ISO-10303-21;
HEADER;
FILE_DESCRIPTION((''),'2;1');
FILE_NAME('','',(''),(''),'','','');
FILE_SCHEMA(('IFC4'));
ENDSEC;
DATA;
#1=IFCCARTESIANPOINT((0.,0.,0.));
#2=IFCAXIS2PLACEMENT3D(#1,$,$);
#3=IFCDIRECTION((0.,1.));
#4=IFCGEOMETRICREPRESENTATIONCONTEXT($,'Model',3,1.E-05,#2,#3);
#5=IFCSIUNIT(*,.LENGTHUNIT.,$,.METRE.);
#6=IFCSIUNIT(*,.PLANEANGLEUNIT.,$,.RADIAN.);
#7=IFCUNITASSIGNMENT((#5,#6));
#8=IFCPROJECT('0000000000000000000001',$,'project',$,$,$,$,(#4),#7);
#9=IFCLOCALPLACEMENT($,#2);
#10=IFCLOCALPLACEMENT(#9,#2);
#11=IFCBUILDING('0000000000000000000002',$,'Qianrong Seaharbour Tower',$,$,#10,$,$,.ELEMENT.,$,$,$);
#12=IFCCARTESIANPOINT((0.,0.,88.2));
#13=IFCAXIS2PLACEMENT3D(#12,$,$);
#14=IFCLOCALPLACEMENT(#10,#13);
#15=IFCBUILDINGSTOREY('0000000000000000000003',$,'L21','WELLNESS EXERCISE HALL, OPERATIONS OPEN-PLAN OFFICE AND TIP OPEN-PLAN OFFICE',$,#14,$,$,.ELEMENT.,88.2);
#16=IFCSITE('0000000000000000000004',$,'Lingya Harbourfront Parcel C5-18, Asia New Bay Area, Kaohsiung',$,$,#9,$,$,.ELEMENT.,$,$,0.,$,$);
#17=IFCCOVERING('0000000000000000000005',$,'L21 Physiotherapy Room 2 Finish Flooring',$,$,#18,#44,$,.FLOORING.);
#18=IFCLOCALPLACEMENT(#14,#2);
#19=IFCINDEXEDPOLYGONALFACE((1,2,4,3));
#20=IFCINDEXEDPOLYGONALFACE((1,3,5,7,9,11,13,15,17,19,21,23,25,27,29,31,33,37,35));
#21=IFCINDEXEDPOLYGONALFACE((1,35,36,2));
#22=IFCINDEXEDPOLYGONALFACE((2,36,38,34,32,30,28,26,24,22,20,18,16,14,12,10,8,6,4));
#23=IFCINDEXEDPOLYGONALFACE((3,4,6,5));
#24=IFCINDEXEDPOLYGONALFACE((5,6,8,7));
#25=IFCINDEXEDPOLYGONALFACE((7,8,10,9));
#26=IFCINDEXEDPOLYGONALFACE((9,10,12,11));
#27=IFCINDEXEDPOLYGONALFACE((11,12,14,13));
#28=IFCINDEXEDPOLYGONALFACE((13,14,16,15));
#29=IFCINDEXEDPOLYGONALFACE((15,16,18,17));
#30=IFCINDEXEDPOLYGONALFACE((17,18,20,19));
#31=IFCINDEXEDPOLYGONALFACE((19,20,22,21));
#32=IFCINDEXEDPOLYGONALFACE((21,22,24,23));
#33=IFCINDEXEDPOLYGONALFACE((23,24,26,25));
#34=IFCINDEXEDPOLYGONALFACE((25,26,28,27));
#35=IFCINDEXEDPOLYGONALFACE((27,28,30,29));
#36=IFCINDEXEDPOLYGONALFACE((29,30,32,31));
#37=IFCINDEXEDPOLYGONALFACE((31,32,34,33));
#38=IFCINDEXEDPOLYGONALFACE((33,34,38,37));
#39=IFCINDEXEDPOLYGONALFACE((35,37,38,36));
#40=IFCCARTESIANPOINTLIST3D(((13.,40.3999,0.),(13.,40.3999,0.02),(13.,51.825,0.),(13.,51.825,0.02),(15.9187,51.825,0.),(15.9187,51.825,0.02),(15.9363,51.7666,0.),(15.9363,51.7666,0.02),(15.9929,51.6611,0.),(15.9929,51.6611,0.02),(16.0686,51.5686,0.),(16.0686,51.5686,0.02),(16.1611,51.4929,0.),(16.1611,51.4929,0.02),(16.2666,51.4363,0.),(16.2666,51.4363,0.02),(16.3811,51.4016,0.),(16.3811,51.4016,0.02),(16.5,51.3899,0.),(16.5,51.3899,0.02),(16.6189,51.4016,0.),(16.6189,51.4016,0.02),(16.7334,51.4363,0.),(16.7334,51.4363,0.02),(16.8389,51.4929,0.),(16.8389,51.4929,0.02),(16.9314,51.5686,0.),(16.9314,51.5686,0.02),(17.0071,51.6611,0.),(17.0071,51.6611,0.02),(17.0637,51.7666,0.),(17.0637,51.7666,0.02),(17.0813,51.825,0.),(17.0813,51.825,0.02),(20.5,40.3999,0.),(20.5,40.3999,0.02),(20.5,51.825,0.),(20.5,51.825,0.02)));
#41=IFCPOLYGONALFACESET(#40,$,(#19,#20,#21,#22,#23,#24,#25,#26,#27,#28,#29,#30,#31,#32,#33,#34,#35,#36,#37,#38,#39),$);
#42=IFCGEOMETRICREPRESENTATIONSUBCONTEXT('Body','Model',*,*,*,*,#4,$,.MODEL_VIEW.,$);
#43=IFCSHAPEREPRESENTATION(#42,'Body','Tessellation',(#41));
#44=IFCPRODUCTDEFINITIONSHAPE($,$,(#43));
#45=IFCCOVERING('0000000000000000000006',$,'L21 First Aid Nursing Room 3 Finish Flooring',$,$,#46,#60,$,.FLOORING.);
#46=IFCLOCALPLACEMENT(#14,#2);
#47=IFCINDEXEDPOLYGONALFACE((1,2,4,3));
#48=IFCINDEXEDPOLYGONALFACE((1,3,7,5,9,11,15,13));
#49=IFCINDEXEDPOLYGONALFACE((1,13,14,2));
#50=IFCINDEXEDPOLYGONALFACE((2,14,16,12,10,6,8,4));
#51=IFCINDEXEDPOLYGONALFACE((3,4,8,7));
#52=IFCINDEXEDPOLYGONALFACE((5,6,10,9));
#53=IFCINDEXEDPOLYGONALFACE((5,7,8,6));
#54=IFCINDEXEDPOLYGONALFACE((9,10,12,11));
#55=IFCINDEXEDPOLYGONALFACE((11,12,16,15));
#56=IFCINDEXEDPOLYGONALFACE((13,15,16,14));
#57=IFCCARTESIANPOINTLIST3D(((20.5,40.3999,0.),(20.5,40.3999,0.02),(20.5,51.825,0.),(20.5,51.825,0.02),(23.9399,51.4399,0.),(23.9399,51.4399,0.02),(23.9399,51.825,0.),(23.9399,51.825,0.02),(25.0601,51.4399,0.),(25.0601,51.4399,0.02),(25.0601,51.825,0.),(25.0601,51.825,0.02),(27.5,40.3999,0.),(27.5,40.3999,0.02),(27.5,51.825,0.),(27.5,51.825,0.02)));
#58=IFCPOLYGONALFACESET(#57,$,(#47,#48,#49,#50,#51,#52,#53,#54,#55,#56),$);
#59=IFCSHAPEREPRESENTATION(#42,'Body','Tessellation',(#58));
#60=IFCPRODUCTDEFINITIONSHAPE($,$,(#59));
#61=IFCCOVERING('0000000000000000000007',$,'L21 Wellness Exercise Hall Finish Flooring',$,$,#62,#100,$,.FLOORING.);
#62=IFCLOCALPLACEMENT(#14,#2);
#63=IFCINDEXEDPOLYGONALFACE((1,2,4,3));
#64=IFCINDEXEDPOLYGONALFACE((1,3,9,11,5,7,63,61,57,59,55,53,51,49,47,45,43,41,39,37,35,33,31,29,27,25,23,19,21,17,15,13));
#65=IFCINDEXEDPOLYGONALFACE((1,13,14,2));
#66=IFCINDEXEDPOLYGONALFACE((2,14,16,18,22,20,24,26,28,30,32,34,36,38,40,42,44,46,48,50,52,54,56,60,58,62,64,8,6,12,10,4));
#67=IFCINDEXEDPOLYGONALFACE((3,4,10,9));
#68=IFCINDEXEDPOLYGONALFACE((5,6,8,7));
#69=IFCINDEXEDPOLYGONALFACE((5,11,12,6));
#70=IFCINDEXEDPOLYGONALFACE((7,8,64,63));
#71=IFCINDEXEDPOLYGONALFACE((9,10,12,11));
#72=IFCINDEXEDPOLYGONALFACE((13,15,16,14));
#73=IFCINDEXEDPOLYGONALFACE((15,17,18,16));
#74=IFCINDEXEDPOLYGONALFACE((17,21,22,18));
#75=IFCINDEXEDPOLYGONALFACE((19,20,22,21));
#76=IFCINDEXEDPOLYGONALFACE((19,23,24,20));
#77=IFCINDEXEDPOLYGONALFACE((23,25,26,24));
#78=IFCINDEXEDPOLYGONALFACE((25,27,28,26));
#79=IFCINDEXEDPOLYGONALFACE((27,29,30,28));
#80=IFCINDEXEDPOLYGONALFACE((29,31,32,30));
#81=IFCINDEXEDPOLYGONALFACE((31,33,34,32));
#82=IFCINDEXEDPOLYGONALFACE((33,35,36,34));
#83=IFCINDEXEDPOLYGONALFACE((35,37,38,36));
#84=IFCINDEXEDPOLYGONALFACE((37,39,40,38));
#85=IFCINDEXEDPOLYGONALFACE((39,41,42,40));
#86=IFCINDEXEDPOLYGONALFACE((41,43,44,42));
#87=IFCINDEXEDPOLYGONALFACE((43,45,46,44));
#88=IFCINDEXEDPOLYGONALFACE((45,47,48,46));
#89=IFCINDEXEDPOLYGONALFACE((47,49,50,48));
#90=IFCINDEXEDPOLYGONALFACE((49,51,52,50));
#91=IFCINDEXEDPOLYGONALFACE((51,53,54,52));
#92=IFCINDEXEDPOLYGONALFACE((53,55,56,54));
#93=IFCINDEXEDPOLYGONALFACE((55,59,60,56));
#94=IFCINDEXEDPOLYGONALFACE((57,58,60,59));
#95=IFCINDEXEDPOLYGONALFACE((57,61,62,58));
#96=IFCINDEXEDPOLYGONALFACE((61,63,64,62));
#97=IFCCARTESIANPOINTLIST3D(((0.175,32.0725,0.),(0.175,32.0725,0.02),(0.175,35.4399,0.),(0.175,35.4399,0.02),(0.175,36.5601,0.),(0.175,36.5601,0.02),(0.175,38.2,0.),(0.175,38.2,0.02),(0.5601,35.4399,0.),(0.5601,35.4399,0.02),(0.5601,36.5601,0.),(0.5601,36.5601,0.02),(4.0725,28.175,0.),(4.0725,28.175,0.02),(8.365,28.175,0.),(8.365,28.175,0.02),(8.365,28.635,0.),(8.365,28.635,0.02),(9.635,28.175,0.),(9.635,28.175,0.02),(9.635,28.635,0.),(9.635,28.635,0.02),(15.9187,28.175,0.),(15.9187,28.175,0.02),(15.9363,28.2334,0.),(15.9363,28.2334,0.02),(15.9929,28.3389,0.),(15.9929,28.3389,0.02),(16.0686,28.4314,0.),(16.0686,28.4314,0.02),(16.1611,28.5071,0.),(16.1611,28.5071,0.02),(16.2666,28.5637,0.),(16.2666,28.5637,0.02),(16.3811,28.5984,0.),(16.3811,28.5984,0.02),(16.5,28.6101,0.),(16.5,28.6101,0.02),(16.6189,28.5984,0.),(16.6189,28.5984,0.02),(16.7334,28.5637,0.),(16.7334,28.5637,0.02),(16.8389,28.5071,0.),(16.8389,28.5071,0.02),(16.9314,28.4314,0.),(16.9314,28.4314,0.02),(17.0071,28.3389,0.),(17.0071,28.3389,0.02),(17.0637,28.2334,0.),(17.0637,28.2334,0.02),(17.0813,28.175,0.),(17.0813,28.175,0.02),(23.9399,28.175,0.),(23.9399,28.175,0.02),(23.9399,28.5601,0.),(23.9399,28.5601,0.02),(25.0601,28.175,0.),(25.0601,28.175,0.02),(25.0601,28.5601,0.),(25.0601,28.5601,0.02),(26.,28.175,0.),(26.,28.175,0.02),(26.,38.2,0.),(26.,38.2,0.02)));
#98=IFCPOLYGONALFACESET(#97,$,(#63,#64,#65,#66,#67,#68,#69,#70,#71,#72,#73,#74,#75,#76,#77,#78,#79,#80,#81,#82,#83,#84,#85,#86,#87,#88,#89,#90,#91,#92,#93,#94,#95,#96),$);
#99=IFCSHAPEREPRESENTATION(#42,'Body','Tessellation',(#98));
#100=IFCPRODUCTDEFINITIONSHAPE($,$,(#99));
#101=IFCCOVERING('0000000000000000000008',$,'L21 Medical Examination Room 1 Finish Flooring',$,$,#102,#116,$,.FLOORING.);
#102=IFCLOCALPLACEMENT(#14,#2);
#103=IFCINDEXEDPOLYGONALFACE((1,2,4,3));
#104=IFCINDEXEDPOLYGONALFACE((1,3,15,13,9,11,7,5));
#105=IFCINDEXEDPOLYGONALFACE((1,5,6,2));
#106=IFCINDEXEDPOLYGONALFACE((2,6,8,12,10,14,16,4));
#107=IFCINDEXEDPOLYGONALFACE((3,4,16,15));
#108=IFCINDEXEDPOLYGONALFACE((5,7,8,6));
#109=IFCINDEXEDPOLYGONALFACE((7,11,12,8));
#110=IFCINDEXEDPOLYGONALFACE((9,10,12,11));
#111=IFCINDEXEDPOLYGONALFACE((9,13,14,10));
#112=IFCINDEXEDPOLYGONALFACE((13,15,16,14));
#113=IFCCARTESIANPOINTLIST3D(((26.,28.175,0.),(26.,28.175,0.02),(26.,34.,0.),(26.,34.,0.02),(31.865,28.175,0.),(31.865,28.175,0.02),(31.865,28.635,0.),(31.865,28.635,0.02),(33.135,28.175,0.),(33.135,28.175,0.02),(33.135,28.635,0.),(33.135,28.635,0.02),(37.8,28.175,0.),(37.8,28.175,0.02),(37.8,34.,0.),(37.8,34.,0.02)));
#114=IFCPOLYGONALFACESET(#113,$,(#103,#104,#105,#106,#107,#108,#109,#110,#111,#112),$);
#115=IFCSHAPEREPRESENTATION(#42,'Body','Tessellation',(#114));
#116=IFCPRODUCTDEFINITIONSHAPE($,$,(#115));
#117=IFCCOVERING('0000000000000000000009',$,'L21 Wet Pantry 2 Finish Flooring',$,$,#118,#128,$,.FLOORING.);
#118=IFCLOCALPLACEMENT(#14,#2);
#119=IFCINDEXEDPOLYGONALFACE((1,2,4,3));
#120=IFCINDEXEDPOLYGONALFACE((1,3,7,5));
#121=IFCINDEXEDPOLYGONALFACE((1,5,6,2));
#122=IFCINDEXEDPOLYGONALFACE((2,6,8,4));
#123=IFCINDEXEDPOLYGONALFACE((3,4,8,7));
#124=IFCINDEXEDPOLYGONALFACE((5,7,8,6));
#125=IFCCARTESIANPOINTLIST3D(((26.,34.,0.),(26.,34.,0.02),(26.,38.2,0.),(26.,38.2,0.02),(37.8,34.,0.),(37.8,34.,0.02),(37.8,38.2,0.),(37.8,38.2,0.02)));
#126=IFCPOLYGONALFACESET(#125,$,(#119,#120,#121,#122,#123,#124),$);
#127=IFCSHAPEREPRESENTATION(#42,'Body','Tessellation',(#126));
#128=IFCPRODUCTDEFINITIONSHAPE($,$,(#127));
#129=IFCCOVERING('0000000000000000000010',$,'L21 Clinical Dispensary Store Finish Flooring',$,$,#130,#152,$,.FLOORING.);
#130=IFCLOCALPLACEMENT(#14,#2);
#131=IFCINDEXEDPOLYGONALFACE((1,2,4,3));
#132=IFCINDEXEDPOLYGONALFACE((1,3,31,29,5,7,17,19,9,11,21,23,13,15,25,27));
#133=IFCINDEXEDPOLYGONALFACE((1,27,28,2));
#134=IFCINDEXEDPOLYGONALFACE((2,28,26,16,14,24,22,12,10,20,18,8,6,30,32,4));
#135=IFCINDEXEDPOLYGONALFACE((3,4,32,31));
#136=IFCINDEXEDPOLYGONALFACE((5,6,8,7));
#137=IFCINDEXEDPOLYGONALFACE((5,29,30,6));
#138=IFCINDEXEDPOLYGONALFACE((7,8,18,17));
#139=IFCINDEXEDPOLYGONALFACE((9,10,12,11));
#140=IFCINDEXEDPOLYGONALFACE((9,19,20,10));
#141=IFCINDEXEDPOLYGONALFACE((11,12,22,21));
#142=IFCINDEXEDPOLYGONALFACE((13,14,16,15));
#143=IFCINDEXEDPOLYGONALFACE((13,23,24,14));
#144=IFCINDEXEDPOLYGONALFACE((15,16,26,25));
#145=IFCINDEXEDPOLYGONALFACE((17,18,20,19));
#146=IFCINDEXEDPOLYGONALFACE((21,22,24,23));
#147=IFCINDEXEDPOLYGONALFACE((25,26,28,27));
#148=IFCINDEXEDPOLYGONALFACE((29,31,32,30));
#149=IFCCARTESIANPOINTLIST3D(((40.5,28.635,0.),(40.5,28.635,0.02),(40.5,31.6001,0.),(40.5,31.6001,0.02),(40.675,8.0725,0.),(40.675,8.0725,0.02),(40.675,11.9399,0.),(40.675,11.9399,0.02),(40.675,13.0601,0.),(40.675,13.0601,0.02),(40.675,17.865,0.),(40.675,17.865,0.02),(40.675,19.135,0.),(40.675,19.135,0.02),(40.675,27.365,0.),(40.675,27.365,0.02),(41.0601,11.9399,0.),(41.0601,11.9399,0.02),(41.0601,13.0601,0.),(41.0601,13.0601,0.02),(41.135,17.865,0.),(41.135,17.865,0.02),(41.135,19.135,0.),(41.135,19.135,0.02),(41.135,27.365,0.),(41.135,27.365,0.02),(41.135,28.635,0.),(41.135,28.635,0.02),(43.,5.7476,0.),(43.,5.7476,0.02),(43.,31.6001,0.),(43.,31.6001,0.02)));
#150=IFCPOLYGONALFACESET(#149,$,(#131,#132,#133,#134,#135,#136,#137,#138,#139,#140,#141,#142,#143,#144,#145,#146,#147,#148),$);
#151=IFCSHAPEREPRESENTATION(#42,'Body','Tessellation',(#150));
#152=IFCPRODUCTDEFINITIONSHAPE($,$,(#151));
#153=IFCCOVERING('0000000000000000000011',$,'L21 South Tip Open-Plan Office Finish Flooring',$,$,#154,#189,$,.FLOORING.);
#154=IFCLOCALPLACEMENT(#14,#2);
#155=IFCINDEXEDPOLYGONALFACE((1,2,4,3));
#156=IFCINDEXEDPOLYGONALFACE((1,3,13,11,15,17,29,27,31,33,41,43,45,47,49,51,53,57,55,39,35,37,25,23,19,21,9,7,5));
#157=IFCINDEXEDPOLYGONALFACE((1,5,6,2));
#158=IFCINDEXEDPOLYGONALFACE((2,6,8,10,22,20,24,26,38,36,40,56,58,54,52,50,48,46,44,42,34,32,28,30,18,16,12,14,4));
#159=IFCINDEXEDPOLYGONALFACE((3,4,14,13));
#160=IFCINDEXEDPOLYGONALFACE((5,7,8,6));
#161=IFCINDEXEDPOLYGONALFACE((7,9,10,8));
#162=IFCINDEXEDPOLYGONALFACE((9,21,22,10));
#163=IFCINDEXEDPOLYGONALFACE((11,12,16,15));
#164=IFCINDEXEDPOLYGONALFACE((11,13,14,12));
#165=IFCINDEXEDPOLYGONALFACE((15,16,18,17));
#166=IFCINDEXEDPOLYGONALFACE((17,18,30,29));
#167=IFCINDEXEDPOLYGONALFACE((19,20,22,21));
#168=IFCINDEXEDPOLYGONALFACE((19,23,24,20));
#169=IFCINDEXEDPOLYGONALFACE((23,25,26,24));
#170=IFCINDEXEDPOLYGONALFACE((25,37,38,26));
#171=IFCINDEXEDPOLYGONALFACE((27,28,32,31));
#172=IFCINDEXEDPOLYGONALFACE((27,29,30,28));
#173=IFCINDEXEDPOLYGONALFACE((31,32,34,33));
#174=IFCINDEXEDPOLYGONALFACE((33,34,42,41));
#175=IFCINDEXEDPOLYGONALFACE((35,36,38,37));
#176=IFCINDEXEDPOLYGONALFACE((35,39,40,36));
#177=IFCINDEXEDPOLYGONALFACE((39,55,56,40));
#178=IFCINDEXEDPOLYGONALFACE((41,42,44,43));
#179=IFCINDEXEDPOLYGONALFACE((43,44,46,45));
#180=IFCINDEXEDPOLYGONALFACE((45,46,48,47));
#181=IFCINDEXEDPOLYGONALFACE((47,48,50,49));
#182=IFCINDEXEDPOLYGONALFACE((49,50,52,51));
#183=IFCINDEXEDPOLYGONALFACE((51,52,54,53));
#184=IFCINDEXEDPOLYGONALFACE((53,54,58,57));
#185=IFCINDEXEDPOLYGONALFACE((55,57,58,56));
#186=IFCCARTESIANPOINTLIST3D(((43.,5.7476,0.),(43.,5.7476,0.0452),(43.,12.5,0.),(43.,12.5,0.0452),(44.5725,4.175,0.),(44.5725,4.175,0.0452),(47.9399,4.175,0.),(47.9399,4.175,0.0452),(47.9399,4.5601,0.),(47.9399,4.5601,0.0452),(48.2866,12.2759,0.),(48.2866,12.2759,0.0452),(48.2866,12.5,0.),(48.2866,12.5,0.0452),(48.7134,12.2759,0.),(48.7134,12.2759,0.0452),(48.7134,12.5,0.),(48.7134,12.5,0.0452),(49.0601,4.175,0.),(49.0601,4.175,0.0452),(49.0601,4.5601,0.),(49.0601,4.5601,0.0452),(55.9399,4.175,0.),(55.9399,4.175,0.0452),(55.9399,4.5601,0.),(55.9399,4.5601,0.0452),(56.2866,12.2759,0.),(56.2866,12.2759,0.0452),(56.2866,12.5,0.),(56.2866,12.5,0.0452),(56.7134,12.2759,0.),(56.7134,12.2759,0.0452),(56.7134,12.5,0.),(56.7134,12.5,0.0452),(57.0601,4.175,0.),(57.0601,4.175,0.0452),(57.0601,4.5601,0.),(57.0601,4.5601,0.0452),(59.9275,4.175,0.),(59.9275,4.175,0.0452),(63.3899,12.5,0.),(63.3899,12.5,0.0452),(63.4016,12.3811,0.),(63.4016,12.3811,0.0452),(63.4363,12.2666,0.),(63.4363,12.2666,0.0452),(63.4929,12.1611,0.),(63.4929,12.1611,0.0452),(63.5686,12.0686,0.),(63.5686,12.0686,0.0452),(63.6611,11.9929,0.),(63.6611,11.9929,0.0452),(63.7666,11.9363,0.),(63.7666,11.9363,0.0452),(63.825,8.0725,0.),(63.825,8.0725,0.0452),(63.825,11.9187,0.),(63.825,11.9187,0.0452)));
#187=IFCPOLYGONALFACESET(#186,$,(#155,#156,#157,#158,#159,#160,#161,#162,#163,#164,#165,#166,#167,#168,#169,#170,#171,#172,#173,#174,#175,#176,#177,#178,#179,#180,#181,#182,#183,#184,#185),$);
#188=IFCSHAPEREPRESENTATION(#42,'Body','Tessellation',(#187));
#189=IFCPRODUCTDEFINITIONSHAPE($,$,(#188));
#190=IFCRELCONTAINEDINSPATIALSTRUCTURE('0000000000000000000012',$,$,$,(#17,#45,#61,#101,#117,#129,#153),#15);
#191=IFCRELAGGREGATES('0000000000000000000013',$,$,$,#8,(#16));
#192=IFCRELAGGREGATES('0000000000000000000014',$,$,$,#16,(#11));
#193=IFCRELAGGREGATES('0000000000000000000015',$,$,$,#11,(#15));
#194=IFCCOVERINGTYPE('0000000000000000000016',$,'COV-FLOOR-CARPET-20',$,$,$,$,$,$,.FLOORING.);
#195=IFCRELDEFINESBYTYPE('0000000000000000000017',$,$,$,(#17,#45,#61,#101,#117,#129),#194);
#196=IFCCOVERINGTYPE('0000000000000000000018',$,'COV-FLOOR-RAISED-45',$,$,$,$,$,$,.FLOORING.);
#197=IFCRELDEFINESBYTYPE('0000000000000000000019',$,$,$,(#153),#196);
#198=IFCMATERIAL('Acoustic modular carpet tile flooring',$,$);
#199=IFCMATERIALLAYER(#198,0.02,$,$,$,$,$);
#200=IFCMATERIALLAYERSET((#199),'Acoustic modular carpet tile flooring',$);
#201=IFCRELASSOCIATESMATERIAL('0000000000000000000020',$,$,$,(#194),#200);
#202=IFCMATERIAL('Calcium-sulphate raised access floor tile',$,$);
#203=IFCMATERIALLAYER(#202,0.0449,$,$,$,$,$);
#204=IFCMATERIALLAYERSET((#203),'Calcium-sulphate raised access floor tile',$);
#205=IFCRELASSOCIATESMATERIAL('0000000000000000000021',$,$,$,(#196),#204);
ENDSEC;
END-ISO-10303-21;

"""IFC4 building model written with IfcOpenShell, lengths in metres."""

from ifc_helpers import new_model, si_unit, direction, frame, origin, place, context, subcontext, project, spatial, polyline, outline, extrude, material, layer, layer_set, type_object, element, save


model = new_model("IFC4")

# Units and contexts
model_context = context("Model", 3, precision=1e-05, world=origin(), true_north=direction((0.0, 1.0)))
body_context = subcontext(model_context, "Body", "Model", "MODEL_VIEW")
ifc_project = project(units=[si_unit("LENGTHUNIT", "METRE"), si_unit("PLANEANGLEUNIT", "RADIAN")], contexts=[model_context])

# Site, building, storey
site_placement = place(None, origin())
site = spatial("IfcSite", under=ifc_project, at=site_placement, Name="Lingya Harbourfront Parcel C5-18, Asia New Bay Area, Kaohsiung", CompositionType="ELEMENT", RefElevation=0.0)
building_placement = place(site_placement, origin())
building = spatial("IfcBuilding", under=site, at=building_placement, Name="Qianrong Seaharbour Tower", CompositionType="ELEMENT")
storey_placement = place(building_placement, frame((0.0, 0.0, 88.2)))
storey = spatial("IfcBuildingStorey", under=building, at=storey_placement, Name="L21", Description="WELLNESS EXERCISE HALL, OPERATIONS OPEN-PLAN OFFICE AND TIP OPEN-PLAN OFFICE", CompositionType="ELEMENT", Elevation=88.2)

# Coverings
ifc_material_1 = material(Name="Acoustic modular carpet tile flooring")
ifc_layer_1 = layer(ifc_material_1, 0.02)
ifc_layer_set_1 = layer_set([ifc_layer_1], Name="Acoustic modular carpet tile flooring")
covering_type_1 = type_object("IfcCoveringType", Name="COV-FLOOR-CARPET-20", PredefinedType="FLOORING", material=ifc_layer_set_1)
covering_1_placement = place(storey_placement, origin())
element("IfcCovering", 1, at=covering_1_placement, inside=storey, type_object=covering_type_1, Name="L21 Physiotherapy Room 2 Finish Flooring", PredefinedType="FLOORING", context=body_context, shape_type="SweptSolid", body=[
    extrude(outline(polyline([(13.0, 51.825), (15.9187, 51.825), (15.9363, 51.7666), (15.9929, 51.6611), (16.0686, 51.5686), (16.1611, 51.4929), (16.2666, 51.4363), (16.3811, 51.4016), (16.5, 51.3899), (16.6189, 51.4016), (16.7334, 51.4363), (16.8389, 51.4929), (16.9314, 51.5686), (17.0071, 51.6611), (17.0637, 51.7666), (17.0813, 51.825), (20.5, 51.825), (20.5, 40.3999), (13.0, 40.3999), (13.0, 51.825)])), origin(), (0.0, 0.0, 1.0), 0.02),
])
covering_2_placement = place(storey_placement, origin())
element("IfcCovering", 2, at=covering_2_placement, inside=storey, type_object=covering_type_1, Name="L21 First Aid Nursing Room 3 Finish Flooring", PredefinedType="FLOORING", context=body_context, shape_type="SweptSolid", body=[
    extrude(outline(polyline([(20.5, 51.825), (23.9399, 51.825), (23.9399, 51.4399), (25.0601, 51.4399), (25.0601, 51.825), (27.5, 51.825), (27.5, 40.3999), (20.5, 40.3999), (20.5, 51.825)])), origin(), (0.0, 0.0, 1.0), 0.02),
])
covering_3_placement = place(storey_placement, origin())
element("IfcCovering", 3, at=covering_3_placement, inside=storey, type_object=covering_type_1, Name="L21 Wellness Exercise Hall Finish Flooring", PredefinedType="FLOORING", context=body_context, shape_type="SweptSolid", body=[
    extrude(outline(polyline([(25.0601, 28.175), (25.0601, 28.5601), (23.9399, 28.5601), (23.9399, 28.175), (17.0813, 28.175), (17.0637, 28.2334), (17.0071, 28.3389), (16.9314, 28.4314), (16.8389, 28.5071), (16.7334, 28.5637), (16.6189, 28.5984), (16.5, 28.6101), (16.3811, 28.5984), (16.2666, 28.5637), (16.1611, 28.5071), (16.0686, 28.4314), (15.9929, 28.3389), (15.9363, 28.2334), (15.9187, 28.175), (9.635, 28.175), (9.635, 28.635), (8.365, 28.635), (8.365, 28.175), (4.0725, 28.175), (0.175, 32.0725), (0.175, 35.4399), (0.5601, 35.4399), (0.5601, 36.5601), (0.175, 36.5601), (0.175, 38.2), (26.0, 38.2), (26.0, 28.175), (25.0601, 28.175)])), origin(), (0.0, 0.0, 1.0), 0.02),
])
covering_4_placement = place(storey_placement, origin())
element("IfcCovering", 4, at=covering_4_placement, inside=storey, type_object=covering_type_1, Name="L21 Medical Examination Room 1 Finish Flooring", PredefinedType="FLOORING", context=body_context, shape_type="SweptSolid", body=[
    extrude(outline(polyline([(37.8, 28.175), (33.135, 28.175), (33.135, 28.635), (31.865, 28.635), (31.865, 28.175), (26.0, 28.175), (26.0, 34.0), (37.8, 34.0), (37.8, 28.175)])), origin(), (0.0, 0.0, 1.0), 0.02),
])
covering_5_placement = place(storey_placement, origin())
element("IfcCovering", 5, at=covering_5_placement, inside=storey, type_object=covering_type_1, Name="L21 Wet Pantry 2 Finish Flooring", PredefinedType="FLOORING", context=body_context, shape_type="SweptSolid", body=[
    extrude(outline(polyline([(37.8, 38.2), (37.8, 34.0), (26.0, 34.0), (26.0, 38.2), (37.8, 38.2)])), origin(), (0.0, 0.0, 1.0), 0.02),
])
covering_6_placement = place(storey_placement, origin())
element("IfcCovering", 6, at=covering_6_placement, inside=storey, type_object=covering_type_1, Name="L21 Clinical Dispensary Store Finish Flooring", PredefinedType="FLOORING", context=body_context, shape_type="SweptSolid", body=[
    extrude(outline(polyline([(43.0, 5.7476), (40.675, 8.0725), (40.675, 11.9399), (41.0601, 11.9399), (41.0601, 13.0601), (40.675, 13.0601), (40.675, 17.865), (41.135, 17.865), (41.135, 19.135), (40.675, 19.135), (40.675, 27.365), (41.135, 27.365), (41.135, 28.635), (40.5, 28.635), (40.5, 31.6001), (43.0, 31.6001), (43.0, 5.7476)])), origin(), (0.0, 0.0, 1.0), 0.02),
])
ifc_material_2 = material(Name="Calcium-sulphate raised access floor tile")
ifc_layer_2 = layer(ifc_material_2, 0.0449)
ifc_layer_set_2 = layer_set([ifc_layer_2], Name="Calcium-sulphate raised access floor tile")
covering_type_2 = type_object("IfcCoveringType", Name="COV-FLOOR-RAISED-45", PredefinedType="FLOORING", material=ifc_layer_set_2)
covering_7_placement = place(storey_placement, origin())
element("IfcCovering", 7, at=covering_7_placement, inside=storey, type_object=covering_type_2, Name="L21 South Tip Open-Plan Office Finish Flooring", PredefinedType="FLOORING", context=body_context, shape_type="SweptSolid", body=[
    extrude(outline(polyline([(63.825, 8.0725), (59.9275, 4.175), (57.0601, 4.175), (57.0601, 4.5601), (55.9399, 4.5601), (55.9399, 4.175), (49.0601, 4.175), (49.0601, 4.5601), (47.9399, 4.5601), (47.9399, 4.175), (44.5725, 4.175), (43.0, 5.7476), (43.0, 12.5), (48.2866, 12.5), (48.2866, 12.2759), (48.7134, 12.2759), (48.7134, 12.5), (56.2866, 12.5), (56.2866, 12.2759), (56.7134, 12.2759), (56.7134, 12.5), (63.3899, 12.5), (63.4016, 12.3811), (63.4363, 12.2666), (63.4929, 12.1611), (63.5686, 12.0686), (63.6611, 11.9929), (63.7666, 11.9363), (63.825, 11.9187), (63.825, 8.0725)])), origin(), (0.0, 0.0, 1.0), 0.0452),
])

save(model, "model.ifc")
